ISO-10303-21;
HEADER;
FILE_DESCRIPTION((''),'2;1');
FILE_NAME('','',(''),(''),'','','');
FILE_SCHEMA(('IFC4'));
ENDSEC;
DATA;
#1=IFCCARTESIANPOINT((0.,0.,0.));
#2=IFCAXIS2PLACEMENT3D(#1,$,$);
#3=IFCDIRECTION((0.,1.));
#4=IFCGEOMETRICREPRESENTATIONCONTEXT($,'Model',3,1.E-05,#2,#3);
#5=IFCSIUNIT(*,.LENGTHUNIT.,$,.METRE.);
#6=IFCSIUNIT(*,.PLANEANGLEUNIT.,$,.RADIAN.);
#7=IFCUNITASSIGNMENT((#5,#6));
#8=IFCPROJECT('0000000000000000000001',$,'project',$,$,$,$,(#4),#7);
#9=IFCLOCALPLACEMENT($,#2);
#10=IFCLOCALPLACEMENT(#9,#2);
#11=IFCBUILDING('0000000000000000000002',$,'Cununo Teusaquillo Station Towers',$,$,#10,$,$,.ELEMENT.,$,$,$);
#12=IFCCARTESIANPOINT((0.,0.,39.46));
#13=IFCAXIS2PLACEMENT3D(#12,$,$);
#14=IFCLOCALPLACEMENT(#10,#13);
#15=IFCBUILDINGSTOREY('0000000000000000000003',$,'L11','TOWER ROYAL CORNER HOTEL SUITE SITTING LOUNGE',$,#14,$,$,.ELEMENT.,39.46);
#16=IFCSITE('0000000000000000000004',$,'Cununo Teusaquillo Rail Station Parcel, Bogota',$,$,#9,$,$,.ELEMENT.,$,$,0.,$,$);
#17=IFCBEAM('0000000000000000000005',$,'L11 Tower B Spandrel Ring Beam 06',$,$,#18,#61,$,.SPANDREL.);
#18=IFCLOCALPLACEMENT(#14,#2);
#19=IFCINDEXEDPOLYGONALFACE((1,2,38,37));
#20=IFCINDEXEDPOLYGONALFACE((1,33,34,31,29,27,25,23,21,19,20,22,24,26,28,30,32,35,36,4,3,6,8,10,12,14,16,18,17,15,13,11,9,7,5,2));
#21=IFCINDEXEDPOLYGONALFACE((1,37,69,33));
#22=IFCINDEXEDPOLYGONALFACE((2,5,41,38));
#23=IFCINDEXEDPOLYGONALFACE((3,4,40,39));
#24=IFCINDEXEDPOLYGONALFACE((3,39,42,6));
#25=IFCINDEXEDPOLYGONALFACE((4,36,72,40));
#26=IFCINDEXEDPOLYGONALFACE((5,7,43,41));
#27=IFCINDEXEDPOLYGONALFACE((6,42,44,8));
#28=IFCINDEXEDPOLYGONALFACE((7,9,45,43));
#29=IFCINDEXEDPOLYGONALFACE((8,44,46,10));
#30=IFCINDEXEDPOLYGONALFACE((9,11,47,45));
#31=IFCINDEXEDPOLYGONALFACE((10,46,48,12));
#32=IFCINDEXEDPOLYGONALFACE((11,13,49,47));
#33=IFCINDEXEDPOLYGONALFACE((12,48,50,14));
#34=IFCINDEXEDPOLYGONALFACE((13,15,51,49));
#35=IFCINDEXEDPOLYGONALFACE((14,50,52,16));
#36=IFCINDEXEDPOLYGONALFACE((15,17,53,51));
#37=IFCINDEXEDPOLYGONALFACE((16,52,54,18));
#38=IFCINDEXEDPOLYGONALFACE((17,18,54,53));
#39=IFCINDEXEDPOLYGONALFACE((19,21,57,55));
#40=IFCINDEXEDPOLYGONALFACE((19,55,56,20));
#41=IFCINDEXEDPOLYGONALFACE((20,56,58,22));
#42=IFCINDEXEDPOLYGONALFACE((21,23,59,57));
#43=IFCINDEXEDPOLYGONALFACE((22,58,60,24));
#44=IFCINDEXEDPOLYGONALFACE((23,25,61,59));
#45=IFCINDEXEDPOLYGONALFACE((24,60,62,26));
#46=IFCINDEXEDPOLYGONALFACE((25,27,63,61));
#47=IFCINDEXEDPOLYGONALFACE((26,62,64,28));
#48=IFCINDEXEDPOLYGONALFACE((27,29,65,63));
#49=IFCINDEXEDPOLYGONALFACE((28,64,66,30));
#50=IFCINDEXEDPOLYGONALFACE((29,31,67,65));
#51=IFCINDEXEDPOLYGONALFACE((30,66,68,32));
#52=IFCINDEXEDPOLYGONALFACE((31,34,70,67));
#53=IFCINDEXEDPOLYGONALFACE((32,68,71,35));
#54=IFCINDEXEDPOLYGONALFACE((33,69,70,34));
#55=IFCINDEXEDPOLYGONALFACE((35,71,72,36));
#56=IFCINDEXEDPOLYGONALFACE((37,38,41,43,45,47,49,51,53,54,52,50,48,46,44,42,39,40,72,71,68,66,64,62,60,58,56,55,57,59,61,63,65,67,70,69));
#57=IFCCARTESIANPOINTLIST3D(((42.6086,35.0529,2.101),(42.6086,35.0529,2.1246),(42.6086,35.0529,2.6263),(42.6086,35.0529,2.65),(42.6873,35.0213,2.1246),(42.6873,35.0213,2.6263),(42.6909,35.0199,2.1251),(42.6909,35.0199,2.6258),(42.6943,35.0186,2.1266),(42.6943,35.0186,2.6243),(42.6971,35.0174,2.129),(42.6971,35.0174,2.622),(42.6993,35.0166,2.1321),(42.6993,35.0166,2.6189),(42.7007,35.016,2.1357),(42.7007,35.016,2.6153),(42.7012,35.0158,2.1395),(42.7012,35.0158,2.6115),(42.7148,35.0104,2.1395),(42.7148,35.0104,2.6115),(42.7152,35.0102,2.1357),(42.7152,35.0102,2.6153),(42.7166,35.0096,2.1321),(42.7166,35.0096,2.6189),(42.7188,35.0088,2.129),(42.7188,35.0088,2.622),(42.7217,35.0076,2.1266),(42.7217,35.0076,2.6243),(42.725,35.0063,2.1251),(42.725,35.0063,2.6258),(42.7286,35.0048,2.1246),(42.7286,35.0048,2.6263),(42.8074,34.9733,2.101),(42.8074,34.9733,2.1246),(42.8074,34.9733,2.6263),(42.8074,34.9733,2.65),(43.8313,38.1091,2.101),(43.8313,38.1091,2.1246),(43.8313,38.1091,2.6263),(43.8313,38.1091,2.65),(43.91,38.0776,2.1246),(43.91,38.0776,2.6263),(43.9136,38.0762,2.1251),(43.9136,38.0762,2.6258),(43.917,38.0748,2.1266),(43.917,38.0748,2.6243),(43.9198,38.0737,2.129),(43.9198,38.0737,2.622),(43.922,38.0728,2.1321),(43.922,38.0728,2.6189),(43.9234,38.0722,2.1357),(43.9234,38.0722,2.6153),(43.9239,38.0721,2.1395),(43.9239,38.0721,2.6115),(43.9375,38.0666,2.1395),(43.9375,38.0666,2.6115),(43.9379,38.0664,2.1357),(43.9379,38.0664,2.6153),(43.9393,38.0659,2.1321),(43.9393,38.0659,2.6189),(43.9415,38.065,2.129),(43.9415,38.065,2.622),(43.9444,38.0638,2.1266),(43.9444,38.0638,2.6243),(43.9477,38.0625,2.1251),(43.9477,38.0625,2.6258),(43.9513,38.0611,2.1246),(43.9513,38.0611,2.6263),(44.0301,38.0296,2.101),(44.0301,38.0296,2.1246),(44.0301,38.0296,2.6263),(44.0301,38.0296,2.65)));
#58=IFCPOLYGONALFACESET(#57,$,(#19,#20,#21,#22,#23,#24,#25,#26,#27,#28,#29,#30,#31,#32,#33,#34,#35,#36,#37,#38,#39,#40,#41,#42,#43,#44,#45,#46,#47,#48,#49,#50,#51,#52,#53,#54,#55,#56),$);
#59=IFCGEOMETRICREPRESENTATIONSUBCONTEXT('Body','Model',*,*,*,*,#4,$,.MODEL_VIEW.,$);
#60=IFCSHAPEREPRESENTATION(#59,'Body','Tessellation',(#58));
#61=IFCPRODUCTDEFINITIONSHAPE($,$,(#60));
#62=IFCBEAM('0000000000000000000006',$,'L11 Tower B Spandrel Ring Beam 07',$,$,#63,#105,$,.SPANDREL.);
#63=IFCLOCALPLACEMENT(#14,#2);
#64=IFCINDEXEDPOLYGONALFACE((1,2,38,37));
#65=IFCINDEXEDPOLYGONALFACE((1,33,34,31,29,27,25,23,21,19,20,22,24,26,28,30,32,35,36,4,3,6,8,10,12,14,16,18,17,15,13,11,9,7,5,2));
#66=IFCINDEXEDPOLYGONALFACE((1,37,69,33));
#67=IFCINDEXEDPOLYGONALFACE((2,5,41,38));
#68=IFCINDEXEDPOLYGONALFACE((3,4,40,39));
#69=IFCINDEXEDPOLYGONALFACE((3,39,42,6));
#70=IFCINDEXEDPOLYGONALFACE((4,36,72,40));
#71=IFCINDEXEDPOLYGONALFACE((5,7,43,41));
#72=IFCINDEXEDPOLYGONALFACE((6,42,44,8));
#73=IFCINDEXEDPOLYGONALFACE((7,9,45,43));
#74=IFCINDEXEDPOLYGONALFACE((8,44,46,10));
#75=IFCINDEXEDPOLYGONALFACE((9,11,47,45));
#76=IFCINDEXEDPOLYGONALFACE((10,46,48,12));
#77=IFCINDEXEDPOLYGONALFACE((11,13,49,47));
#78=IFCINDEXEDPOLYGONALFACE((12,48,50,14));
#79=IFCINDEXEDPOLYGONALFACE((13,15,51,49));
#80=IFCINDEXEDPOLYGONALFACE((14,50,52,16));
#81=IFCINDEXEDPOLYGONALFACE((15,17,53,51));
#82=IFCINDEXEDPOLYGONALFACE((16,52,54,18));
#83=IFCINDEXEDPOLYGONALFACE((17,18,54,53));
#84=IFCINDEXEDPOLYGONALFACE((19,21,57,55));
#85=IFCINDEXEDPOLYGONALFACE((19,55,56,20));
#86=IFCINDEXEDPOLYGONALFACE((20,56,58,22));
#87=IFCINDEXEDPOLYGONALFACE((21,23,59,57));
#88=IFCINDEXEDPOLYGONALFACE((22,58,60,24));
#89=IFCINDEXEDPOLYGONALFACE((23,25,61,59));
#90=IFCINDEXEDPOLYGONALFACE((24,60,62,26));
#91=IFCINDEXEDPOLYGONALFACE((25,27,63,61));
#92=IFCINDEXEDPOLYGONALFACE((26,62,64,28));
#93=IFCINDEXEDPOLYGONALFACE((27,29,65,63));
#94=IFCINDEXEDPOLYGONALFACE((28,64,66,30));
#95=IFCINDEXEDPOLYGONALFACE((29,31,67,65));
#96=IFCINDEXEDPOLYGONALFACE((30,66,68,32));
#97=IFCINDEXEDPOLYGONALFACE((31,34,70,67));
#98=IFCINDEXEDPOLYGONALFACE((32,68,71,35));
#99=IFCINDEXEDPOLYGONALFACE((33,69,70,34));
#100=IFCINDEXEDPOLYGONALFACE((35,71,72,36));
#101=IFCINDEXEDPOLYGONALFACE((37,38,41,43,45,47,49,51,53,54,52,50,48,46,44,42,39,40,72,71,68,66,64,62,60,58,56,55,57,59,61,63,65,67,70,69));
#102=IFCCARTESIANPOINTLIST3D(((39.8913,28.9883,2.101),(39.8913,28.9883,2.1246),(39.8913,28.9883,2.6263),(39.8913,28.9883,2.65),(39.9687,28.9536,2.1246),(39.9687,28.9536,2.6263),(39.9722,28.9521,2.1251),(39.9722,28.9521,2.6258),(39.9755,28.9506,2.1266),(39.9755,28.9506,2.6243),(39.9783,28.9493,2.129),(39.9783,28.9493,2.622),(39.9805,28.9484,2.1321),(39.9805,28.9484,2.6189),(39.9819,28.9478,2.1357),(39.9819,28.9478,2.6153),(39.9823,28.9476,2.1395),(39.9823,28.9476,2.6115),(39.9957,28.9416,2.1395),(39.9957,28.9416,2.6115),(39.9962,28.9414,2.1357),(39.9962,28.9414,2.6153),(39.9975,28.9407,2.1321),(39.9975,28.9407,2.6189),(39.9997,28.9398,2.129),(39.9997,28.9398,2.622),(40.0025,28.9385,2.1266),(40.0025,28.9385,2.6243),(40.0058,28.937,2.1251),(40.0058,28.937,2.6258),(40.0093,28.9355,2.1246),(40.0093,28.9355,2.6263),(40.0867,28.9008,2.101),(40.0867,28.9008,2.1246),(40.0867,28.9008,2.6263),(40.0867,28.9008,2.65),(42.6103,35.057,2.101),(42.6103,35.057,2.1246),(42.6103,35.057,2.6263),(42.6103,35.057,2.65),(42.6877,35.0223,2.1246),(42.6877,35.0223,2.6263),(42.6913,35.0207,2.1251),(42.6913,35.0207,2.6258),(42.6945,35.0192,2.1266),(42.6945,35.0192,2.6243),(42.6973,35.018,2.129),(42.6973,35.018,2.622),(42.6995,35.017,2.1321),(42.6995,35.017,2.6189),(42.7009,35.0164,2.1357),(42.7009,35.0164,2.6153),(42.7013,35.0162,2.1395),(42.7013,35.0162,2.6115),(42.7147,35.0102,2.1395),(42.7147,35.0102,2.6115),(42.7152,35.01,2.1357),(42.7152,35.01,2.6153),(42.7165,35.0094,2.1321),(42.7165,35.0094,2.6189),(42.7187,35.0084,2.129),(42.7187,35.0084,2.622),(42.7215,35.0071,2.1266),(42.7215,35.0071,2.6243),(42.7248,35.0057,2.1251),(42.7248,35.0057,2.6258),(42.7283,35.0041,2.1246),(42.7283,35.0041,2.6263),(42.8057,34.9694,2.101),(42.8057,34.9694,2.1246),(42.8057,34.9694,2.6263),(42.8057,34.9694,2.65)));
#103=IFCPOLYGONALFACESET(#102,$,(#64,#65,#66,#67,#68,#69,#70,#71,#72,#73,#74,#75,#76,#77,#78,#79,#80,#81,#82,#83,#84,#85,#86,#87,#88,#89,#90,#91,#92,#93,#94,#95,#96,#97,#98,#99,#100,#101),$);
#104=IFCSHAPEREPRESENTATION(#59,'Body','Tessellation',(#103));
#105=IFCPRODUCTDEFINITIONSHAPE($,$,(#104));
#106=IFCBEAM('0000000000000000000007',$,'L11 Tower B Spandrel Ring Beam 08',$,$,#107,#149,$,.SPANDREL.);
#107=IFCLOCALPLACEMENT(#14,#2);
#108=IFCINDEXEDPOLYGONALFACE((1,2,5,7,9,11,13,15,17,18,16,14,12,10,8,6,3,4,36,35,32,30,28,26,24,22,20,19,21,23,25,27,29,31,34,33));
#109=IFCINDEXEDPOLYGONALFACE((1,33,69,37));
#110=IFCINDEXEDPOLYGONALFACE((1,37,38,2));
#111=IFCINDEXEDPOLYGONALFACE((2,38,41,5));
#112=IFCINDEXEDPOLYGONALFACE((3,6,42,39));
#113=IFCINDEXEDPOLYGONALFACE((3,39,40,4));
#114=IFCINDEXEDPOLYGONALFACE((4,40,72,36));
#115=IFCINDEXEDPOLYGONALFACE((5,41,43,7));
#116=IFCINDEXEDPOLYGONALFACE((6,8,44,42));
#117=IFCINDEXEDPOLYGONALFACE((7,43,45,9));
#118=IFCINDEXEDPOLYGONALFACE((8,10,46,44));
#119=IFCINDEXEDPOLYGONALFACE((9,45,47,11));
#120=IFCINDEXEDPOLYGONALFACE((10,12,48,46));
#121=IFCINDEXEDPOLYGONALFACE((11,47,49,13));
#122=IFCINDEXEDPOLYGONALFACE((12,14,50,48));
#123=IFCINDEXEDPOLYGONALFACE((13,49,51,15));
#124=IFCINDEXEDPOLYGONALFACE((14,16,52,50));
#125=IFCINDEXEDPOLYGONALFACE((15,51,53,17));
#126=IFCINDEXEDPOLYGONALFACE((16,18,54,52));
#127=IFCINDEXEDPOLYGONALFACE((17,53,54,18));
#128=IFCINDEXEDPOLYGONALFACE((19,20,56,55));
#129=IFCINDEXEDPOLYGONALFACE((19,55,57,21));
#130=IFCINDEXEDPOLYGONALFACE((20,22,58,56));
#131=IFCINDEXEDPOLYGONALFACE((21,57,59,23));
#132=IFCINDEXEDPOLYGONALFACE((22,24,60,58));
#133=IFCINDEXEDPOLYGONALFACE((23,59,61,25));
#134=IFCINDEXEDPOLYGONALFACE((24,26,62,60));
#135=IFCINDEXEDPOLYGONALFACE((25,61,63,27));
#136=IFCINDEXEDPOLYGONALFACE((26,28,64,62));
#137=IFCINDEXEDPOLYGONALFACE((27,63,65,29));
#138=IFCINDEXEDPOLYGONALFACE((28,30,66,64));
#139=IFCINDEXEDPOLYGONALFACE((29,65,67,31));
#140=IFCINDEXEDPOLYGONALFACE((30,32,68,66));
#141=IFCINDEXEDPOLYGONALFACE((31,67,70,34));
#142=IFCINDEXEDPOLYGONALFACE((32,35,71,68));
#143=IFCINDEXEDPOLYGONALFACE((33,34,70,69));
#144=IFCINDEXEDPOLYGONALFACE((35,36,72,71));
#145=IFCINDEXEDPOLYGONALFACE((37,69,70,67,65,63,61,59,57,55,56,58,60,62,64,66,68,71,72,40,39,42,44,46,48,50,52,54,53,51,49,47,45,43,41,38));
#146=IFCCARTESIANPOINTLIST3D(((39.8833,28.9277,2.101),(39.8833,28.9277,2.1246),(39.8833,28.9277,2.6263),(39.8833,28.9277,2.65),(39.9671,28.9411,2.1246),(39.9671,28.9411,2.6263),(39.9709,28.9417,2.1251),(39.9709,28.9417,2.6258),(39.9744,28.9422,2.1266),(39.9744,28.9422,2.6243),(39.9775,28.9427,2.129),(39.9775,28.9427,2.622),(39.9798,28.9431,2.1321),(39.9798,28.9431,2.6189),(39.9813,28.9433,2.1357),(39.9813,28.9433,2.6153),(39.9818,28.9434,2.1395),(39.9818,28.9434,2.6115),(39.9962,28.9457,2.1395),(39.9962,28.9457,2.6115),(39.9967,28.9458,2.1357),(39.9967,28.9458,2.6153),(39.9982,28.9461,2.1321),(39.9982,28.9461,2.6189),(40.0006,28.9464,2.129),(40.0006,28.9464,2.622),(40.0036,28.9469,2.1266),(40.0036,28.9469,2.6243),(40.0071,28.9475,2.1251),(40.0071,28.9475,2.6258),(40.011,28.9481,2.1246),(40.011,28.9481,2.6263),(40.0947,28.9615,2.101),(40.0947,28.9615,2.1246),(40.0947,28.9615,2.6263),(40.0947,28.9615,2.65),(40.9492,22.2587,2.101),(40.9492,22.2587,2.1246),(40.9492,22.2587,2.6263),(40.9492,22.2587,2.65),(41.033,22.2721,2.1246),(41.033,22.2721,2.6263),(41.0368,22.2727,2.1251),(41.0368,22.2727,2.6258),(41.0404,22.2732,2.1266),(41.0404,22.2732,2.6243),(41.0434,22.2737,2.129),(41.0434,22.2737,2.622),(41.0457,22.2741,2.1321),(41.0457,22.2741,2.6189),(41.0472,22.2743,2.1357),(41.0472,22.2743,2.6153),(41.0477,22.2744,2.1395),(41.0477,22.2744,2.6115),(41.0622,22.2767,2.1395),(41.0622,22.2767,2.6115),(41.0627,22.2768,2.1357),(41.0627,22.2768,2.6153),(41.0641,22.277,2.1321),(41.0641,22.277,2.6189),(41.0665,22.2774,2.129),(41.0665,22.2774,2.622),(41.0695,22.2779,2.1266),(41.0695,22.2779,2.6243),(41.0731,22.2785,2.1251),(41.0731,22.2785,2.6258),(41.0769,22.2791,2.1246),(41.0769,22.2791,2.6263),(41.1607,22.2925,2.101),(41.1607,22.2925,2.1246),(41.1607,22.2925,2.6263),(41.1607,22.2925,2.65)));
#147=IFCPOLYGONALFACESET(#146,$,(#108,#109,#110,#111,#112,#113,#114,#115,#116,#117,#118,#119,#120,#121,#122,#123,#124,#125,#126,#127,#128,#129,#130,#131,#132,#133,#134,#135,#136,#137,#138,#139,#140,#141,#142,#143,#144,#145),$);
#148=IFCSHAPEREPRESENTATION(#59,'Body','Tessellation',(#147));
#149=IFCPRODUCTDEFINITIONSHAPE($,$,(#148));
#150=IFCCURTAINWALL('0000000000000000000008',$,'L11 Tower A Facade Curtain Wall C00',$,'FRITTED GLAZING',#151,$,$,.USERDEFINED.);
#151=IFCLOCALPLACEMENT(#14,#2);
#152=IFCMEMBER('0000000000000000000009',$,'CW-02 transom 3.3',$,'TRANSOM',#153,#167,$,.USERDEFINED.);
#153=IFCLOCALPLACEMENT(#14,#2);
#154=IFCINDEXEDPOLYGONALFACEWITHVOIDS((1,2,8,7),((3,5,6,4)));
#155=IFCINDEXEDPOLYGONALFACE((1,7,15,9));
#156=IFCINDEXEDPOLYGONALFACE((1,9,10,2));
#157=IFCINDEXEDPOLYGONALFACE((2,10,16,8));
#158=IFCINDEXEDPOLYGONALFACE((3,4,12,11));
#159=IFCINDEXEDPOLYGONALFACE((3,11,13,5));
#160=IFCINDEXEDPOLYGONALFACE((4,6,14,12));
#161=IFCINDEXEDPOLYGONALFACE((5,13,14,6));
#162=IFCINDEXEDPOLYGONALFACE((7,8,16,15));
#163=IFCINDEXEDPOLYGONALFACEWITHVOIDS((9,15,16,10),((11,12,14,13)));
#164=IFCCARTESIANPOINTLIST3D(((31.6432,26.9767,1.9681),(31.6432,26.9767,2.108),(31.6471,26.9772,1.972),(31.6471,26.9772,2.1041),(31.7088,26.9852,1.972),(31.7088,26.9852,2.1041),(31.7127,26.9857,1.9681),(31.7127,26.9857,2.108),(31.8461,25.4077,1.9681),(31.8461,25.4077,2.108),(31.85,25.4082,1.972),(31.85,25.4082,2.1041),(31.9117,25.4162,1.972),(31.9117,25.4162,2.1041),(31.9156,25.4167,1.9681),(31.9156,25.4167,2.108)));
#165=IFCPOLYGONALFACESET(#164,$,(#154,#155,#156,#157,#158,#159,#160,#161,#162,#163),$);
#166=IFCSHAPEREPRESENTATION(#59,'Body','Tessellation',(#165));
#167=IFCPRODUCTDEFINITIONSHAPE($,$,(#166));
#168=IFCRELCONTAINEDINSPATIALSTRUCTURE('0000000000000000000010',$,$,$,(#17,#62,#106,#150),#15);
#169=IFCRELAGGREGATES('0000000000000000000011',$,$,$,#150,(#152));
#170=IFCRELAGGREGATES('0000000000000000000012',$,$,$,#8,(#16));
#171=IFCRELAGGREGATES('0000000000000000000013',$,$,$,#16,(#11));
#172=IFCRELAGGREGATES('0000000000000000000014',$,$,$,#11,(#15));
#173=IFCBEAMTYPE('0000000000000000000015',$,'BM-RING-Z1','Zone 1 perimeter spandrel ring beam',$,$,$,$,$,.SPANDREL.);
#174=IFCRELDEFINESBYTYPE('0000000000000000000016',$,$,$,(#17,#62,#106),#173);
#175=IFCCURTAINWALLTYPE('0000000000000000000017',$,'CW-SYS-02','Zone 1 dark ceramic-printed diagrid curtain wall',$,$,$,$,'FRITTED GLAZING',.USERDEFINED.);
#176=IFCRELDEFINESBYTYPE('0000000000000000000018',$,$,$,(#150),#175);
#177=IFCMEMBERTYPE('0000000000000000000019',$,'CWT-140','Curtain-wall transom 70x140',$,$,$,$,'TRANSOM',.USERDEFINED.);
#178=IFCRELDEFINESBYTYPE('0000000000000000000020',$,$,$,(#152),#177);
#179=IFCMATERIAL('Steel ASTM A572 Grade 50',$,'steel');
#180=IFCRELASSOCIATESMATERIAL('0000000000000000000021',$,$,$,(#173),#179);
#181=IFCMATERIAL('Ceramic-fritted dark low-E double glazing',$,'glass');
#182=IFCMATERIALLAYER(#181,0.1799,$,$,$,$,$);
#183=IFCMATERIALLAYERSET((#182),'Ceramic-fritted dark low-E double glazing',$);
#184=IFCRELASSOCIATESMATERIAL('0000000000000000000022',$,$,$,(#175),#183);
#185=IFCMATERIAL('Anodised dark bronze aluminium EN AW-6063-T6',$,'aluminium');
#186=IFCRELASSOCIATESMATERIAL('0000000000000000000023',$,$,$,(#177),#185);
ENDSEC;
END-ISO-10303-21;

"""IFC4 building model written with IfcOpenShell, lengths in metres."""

from ifc_helpers import new_model, si_unit, direction, frame, origin, origin_2d, place, context, subcontext, project, spatial, hollow_rectangle, i_section, extrude, material, layer, layer_set, material_profile, profile_set, type_object, element, aggregate, save


model = new_model("IFC4")

# Units and contexts
model_context = context("Model", 3, precision=1e-05, world=origin(), true_north=direction((0.0, 1.0)))
body_context = subcontext(model_context, "Body", "Model", "MODEL_VIEW")
ifc_project = project(units=[si_unit("LENGTHUNIT", "METRE"), si_unit("PLANEANGLEUNIT", "RADIAN")], contexts=[model_context])

# Site, building, storey
site_placement = place(None, origin())
site = spatial("IfcSite", under=ifc_project, at=site_placement, Name="Cununo Teusaquillo Rail Station Parcel, Bogota", CompositionType="ELEMENT", RefElevation=0.0)
building_placement = place(site_placement, origin())
building = spatial("IfcBuilding", under=site, at=building_placement, Name="Cununo Teusaquillo Station Towers", CompositionType="ELEMENT")
storey_placement = place(building_placement, frame((0.0, 0.0, 39.46)))
storey = spatial("IfcBuildingStorey", under=building, at=storey_placement, Name="L11", Description="TOWER ROYAL CORNER HOTEL SUITE SITTING LOUNGE", CompositionType="ELEMENT", Elevation=39.46)

# Beams
ifc_material_1 = material(Name="Steel ASTM A572 Grade 50", Category="steel")
ifc_material_profile_1 = material_profile(ifc_material_1, i_section(OverallWidth=0.2141, OverallDepth=0.5491, WebThickness=0.0146, FlangeThickness=0.0237, FilletRadius=0.0149, at=origin_2d()), Name="W21X93")
ifc_profile_set_1 = profile_set([ifc_material_profile_1], Name="Steel ASTM A572 Grade 50")
beam_type_1 = type_object("IfcBeamType", Name="BM-RING-Z1", Description="Zone 1 perimeter spandrel ring beam", PredefinedType="SPANDREL", material=ifc_profile_set_1)
for number, where, z_axis, x_axis, name in (
    (1, (43.9307, 38.0693, 2.3755), (-0.371442, -0.928456, 0.0), (0.928456, -0.371442, 0.0), "L11 Tower B Spandrel Ring Beam 06"),
):
    element("IfcBeam", number, at=place(storey_placement, frame(where, z_axis=z_axis, x_axis=x_axis)), inside=storey, type_object=beam_type_1, Name=name, PredefinedType="SPANDREL", context=body_context, shape_type="SweptSolid", body=[
        extrude(i_section(OverallWidth=0.2141, OverallDepth=0.5491, WebThickness=0.0146, FlangeThickness=0.0237, FilletRadius=0.0149, at=origin_2d()), origin(), (0.0, 0.0, 1.0), 3.2917),
    ])
beam_1_placement = place(storey_placement, frame((42.708, 35.0132, 2.3755), z_axis=(-0.408879, -0.912589, 0.0), x_axis=(0.912589, -0.408879, 0.0)))
element("IfcBeam", 2, at=beam_1_placement, inside=storey, type_object=beam_type_1, Name="L11 Tower B Spandrel Ring Beam 07", PredefinedType="SPANDREL", context=body_context, shape_type="SweptSolid", body=[
    extrude(i_section(OverallWidth=0.2141, OverallDepth=0.5491, WebThickness=0.0146, FlangeThickness=0.0237, FilletRadius=0.0149, at=origin_2d()), origin(), (0.0, 0.0, 1.0), 6.6499),
])
beam_2_placement = place(storey_placement, frame((39.989, 28.9446, 2.3755), z_axis=(0.15783, -0.987466, 0.0), x_axis=(0.987466, 0.15783, 0.0)))
element("IfcBeam", 3, at=beam_2_placement, inside=storey, type_object=beam_type_1, Name="L11 Tower B Spandrel Ring Beam 08", PredefinedType="SPANDREL", context=body_context, shape_type="SweptSolid", body=[
    extrude(i_section(OverallWidth=0.2141, OverallDepth=0.5491, WebThickness=0.0146, FlangeThickness=0.0237, FilletRadius=0.0149, at=origin_2d()), origin(), (0.0, 0.0, 1.0), 6.7537),
])

# Curtain wall, member
ifc_material_2 = material(Name="Ceramic-fritted dark low-E double glazing", Category="glass")
ifc_layer_1 = layer(ifc_material_2, 0.1799)
ifc_layer_set_1 = layer_set([ifc_layer_1], Name="Ceramic-fritted dark low-E double glazing")
curtain_wall_type = type_object("IfcCurtainWallType", Name="CW-SYS-02", Description="Zone 1 dark ceramic-printed diagrid curtain wall", ElementType="FRITTED GLAZING", PredefinedType="USERDEFINED", material=ifc_layer_set_1)
curtain_wall_placement = place(storey_placement, origin())
curtain_wall = element("IfcCurtainWall", 4, at=curtain_wall_placement, inside=storey, type_object=curtain_wall_type, Name="L11 Tower A Facade Curtain Wall C00", ObjectType="FRITTED GLAZING", PredefinedType="USERDEFINED")
ifc_material_3 = material(Name="Anodised dark bronze aluminium EN AW-6063-T6", Category="aluminium")
ifc_material_profile_2 = material_profile(ifc_material_3, hollow_rectangle(XDim=0.0701, YDim=0.1399, WallThickness=0.0039, at=origin_2d()), Name="CW-TRAN-70x140")
ifc_profile_set_2 = profile_set([ifc_material_profile_2], Name="Anodised dark bronze aluminium EN AW-6063-T6")
member_type_1 = type_object("IfcMemberType", Name="CWT-140", Description="Curtain-wall transom 70x140", ElementType="TRANSOM", PredefinedType="USERDEFINED", material=ifc_profile_set_2)
member_1_placement = place(storey_placement, frame((31.678, 26.9812, 2.0381), z_axis=(0.12825, -0.991742, 0.0), x_axis=(0.991742, 0.12825, 0.0)))
member_1 = element("IfcMember", 5, at=member_1_placement, type_object=member_type_1, Name="CW-02 transom 3.3", ObjectType="TRANSOM", PredefinedType="USERDEFINED", context=body_context, shape_type="SweptSolid", body=[
    extrude(hollow_rectangle(XDim=0.0701, YDim=0.1399, WallThickness=0.0039, at=origin_2d()), origin(), (0.0, 0.0, 1.0), 1.582),
])

aggregate(curtain_wall, [member_1])

save(model, "model.ifc")
